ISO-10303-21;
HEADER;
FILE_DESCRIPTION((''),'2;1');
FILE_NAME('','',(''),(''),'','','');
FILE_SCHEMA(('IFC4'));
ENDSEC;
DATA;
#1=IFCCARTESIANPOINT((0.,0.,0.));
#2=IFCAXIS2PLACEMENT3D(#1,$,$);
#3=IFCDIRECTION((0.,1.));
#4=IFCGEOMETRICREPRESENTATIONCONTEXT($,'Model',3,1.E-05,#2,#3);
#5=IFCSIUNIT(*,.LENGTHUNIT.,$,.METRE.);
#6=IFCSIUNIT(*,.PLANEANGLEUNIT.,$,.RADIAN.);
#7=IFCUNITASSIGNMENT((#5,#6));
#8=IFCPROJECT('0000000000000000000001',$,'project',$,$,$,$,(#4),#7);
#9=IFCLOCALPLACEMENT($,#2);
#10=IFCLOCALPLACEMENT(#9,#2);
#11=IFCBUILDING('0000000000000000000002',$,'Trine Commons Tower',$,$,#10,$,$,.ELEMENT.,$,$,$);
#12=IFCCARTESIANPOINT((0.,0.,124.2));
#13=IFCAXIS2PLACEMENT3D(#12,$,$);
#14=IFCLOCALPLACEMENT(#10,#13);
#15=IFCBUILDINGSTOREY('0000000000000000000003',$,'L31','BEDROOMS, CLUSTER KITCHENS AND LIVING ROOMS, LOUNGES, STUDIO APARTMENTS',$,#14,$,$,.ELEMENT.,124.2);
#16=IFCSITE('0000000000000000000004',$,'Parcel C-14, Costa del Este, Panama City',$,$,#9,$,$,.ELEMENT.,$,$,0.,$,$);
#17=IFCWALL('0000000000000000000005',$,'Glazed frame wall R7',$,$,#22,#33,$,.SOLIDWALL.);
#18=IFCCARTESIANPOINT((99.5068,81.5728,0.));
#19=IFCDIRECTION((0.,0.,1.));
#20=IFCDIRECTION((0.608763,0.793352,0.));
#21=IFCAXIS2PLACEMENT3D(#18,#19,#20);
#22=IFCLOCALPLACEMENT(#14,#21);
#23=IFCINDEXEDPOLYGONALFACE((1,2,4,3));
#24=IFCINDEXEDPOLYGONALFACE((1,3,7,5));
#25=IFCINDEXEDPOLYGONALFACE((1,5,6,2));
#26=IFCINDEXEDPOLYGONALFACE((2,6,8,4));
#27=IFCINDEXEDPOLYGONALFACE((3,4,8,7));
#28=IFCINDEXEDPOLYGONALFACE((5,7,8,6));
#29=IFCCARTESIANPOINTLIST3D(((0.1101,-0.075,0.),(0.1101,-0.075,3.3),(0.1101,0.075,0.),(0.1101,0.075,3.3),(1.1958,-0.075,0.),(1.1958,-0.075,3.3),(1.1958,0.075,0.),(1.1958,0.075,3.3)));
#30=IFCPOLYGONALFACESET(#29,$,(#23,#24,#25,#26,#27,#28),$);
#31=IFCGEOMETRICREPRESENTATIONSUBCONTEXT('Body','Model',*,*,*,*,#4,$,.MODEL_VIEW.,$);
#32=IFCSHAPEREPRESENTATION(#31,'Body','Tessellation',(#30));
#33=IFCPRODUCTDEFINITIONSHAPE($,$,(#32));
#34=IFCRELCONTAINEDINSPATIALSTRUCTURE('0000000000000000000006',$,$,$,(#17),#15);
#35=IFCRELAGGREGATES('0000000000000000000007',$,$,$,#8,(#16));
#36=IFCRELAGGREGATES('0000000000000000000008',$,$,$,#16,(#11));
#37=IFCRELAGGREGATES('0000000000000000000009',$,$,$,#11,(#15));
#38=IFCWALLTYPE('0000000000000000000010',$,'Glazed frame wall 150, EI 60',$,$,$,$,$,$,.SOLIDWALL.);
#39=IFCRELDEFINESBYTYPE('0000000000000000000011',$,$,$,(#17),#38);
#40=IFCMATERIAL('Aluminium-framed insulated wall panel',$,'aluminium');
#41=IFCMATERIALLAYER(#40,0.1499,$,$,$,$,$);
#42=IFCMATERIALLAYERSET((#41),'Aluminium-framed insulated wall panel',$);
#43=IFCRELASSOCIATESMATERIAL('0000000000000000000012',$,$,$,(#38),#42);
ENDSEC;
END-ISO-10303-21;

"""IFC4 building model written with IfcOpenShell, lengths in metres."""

from ifc_helpers import new_model, si_unit, direction, frame, origin, place, context, subcontext, project, spatial, polyline, outline, extrude, material, layer, layer_set, type_object, element, save


model = new_model("IFC4")

# Units and contexts
model_context = context("Model", 3, precision=1e-05, world=origin(), true_north=direction((0.0, 1.0)))
body_context = subcontext(model_context, "Body", "Model", "MODEL_VIEW")
ifc_project = project(units=[si_unit("LENGTHUNIT", "METRE"), si_unit("PLANEANGLEUNIT", "RADIAN")], contexts=[model_context])

# Site, building, storey
site_placement = place(None, origin())
site = spatial("IfcSite", under=ifc_project, at=site_placement, Name="Parcel C-14, Costa del Este, Panama City", CompositionType="ELEMENT", RefElevation=0.0)
building_placement = place(site_placement, origin())
building = spatial("IfcBuilding", under=site, at=building_placement, Name="Trine Commons Tower", CompositionType="ELEMENT")
storey_placement = place(building_placement, frame((0.0, 0.0, 124.2)))
storey = spatial("IfcBuildingStorey", under=building, at=storey_placement, Name="L31", Description="BEDROOMS, CLUSTER KITCHENS AND LIVING ROOMS, LOUNGES, STUDIO APARTMENTS", CompositionType="ELEMENT", Elevation=124.2)

# Wall
ifc_material_1 = material(Name="Aluminium-framed insulated wall panel", Category="aluminium")
ifc_layer_1 = layer(ifc_material_1, 0.1499)
ifc_layer_set_1 = layer_set([ifc_layer_1], Name="Aluminium-framed insulated wall panel")
wall_type_1 = type_object("IfcWallType", Name="Glazed frame wall 150, EI 60", PredefinedType="SOLIDWALL", material=ifc_layer_set_1)
wall_1_placement = place(storey_placement, frame((99.5068, 81.5728, 0.0), z_axis=(0.0, 0.0, 1.0), x_axis=(0.608763, 0.793352, 0.0)))
element("IfcWall", 1, at=wall_1_placement, inside=storey, type_object=wall_type_1, Name="Glazed frame wall R7", PredefinedType="SOLIDWALL", context=body_context, shape_type="SweptSolid", body=[
    extrude(outline(polyline([(0.1101, 0.075), (0.1101, -0.075), (1.1958, -0.075), (1.1958, 0.075), (0.1101, 0.075)])), origin(), (0.0, 0.0, 1.0), 3.3),
])

save(model, "model.ifc")
